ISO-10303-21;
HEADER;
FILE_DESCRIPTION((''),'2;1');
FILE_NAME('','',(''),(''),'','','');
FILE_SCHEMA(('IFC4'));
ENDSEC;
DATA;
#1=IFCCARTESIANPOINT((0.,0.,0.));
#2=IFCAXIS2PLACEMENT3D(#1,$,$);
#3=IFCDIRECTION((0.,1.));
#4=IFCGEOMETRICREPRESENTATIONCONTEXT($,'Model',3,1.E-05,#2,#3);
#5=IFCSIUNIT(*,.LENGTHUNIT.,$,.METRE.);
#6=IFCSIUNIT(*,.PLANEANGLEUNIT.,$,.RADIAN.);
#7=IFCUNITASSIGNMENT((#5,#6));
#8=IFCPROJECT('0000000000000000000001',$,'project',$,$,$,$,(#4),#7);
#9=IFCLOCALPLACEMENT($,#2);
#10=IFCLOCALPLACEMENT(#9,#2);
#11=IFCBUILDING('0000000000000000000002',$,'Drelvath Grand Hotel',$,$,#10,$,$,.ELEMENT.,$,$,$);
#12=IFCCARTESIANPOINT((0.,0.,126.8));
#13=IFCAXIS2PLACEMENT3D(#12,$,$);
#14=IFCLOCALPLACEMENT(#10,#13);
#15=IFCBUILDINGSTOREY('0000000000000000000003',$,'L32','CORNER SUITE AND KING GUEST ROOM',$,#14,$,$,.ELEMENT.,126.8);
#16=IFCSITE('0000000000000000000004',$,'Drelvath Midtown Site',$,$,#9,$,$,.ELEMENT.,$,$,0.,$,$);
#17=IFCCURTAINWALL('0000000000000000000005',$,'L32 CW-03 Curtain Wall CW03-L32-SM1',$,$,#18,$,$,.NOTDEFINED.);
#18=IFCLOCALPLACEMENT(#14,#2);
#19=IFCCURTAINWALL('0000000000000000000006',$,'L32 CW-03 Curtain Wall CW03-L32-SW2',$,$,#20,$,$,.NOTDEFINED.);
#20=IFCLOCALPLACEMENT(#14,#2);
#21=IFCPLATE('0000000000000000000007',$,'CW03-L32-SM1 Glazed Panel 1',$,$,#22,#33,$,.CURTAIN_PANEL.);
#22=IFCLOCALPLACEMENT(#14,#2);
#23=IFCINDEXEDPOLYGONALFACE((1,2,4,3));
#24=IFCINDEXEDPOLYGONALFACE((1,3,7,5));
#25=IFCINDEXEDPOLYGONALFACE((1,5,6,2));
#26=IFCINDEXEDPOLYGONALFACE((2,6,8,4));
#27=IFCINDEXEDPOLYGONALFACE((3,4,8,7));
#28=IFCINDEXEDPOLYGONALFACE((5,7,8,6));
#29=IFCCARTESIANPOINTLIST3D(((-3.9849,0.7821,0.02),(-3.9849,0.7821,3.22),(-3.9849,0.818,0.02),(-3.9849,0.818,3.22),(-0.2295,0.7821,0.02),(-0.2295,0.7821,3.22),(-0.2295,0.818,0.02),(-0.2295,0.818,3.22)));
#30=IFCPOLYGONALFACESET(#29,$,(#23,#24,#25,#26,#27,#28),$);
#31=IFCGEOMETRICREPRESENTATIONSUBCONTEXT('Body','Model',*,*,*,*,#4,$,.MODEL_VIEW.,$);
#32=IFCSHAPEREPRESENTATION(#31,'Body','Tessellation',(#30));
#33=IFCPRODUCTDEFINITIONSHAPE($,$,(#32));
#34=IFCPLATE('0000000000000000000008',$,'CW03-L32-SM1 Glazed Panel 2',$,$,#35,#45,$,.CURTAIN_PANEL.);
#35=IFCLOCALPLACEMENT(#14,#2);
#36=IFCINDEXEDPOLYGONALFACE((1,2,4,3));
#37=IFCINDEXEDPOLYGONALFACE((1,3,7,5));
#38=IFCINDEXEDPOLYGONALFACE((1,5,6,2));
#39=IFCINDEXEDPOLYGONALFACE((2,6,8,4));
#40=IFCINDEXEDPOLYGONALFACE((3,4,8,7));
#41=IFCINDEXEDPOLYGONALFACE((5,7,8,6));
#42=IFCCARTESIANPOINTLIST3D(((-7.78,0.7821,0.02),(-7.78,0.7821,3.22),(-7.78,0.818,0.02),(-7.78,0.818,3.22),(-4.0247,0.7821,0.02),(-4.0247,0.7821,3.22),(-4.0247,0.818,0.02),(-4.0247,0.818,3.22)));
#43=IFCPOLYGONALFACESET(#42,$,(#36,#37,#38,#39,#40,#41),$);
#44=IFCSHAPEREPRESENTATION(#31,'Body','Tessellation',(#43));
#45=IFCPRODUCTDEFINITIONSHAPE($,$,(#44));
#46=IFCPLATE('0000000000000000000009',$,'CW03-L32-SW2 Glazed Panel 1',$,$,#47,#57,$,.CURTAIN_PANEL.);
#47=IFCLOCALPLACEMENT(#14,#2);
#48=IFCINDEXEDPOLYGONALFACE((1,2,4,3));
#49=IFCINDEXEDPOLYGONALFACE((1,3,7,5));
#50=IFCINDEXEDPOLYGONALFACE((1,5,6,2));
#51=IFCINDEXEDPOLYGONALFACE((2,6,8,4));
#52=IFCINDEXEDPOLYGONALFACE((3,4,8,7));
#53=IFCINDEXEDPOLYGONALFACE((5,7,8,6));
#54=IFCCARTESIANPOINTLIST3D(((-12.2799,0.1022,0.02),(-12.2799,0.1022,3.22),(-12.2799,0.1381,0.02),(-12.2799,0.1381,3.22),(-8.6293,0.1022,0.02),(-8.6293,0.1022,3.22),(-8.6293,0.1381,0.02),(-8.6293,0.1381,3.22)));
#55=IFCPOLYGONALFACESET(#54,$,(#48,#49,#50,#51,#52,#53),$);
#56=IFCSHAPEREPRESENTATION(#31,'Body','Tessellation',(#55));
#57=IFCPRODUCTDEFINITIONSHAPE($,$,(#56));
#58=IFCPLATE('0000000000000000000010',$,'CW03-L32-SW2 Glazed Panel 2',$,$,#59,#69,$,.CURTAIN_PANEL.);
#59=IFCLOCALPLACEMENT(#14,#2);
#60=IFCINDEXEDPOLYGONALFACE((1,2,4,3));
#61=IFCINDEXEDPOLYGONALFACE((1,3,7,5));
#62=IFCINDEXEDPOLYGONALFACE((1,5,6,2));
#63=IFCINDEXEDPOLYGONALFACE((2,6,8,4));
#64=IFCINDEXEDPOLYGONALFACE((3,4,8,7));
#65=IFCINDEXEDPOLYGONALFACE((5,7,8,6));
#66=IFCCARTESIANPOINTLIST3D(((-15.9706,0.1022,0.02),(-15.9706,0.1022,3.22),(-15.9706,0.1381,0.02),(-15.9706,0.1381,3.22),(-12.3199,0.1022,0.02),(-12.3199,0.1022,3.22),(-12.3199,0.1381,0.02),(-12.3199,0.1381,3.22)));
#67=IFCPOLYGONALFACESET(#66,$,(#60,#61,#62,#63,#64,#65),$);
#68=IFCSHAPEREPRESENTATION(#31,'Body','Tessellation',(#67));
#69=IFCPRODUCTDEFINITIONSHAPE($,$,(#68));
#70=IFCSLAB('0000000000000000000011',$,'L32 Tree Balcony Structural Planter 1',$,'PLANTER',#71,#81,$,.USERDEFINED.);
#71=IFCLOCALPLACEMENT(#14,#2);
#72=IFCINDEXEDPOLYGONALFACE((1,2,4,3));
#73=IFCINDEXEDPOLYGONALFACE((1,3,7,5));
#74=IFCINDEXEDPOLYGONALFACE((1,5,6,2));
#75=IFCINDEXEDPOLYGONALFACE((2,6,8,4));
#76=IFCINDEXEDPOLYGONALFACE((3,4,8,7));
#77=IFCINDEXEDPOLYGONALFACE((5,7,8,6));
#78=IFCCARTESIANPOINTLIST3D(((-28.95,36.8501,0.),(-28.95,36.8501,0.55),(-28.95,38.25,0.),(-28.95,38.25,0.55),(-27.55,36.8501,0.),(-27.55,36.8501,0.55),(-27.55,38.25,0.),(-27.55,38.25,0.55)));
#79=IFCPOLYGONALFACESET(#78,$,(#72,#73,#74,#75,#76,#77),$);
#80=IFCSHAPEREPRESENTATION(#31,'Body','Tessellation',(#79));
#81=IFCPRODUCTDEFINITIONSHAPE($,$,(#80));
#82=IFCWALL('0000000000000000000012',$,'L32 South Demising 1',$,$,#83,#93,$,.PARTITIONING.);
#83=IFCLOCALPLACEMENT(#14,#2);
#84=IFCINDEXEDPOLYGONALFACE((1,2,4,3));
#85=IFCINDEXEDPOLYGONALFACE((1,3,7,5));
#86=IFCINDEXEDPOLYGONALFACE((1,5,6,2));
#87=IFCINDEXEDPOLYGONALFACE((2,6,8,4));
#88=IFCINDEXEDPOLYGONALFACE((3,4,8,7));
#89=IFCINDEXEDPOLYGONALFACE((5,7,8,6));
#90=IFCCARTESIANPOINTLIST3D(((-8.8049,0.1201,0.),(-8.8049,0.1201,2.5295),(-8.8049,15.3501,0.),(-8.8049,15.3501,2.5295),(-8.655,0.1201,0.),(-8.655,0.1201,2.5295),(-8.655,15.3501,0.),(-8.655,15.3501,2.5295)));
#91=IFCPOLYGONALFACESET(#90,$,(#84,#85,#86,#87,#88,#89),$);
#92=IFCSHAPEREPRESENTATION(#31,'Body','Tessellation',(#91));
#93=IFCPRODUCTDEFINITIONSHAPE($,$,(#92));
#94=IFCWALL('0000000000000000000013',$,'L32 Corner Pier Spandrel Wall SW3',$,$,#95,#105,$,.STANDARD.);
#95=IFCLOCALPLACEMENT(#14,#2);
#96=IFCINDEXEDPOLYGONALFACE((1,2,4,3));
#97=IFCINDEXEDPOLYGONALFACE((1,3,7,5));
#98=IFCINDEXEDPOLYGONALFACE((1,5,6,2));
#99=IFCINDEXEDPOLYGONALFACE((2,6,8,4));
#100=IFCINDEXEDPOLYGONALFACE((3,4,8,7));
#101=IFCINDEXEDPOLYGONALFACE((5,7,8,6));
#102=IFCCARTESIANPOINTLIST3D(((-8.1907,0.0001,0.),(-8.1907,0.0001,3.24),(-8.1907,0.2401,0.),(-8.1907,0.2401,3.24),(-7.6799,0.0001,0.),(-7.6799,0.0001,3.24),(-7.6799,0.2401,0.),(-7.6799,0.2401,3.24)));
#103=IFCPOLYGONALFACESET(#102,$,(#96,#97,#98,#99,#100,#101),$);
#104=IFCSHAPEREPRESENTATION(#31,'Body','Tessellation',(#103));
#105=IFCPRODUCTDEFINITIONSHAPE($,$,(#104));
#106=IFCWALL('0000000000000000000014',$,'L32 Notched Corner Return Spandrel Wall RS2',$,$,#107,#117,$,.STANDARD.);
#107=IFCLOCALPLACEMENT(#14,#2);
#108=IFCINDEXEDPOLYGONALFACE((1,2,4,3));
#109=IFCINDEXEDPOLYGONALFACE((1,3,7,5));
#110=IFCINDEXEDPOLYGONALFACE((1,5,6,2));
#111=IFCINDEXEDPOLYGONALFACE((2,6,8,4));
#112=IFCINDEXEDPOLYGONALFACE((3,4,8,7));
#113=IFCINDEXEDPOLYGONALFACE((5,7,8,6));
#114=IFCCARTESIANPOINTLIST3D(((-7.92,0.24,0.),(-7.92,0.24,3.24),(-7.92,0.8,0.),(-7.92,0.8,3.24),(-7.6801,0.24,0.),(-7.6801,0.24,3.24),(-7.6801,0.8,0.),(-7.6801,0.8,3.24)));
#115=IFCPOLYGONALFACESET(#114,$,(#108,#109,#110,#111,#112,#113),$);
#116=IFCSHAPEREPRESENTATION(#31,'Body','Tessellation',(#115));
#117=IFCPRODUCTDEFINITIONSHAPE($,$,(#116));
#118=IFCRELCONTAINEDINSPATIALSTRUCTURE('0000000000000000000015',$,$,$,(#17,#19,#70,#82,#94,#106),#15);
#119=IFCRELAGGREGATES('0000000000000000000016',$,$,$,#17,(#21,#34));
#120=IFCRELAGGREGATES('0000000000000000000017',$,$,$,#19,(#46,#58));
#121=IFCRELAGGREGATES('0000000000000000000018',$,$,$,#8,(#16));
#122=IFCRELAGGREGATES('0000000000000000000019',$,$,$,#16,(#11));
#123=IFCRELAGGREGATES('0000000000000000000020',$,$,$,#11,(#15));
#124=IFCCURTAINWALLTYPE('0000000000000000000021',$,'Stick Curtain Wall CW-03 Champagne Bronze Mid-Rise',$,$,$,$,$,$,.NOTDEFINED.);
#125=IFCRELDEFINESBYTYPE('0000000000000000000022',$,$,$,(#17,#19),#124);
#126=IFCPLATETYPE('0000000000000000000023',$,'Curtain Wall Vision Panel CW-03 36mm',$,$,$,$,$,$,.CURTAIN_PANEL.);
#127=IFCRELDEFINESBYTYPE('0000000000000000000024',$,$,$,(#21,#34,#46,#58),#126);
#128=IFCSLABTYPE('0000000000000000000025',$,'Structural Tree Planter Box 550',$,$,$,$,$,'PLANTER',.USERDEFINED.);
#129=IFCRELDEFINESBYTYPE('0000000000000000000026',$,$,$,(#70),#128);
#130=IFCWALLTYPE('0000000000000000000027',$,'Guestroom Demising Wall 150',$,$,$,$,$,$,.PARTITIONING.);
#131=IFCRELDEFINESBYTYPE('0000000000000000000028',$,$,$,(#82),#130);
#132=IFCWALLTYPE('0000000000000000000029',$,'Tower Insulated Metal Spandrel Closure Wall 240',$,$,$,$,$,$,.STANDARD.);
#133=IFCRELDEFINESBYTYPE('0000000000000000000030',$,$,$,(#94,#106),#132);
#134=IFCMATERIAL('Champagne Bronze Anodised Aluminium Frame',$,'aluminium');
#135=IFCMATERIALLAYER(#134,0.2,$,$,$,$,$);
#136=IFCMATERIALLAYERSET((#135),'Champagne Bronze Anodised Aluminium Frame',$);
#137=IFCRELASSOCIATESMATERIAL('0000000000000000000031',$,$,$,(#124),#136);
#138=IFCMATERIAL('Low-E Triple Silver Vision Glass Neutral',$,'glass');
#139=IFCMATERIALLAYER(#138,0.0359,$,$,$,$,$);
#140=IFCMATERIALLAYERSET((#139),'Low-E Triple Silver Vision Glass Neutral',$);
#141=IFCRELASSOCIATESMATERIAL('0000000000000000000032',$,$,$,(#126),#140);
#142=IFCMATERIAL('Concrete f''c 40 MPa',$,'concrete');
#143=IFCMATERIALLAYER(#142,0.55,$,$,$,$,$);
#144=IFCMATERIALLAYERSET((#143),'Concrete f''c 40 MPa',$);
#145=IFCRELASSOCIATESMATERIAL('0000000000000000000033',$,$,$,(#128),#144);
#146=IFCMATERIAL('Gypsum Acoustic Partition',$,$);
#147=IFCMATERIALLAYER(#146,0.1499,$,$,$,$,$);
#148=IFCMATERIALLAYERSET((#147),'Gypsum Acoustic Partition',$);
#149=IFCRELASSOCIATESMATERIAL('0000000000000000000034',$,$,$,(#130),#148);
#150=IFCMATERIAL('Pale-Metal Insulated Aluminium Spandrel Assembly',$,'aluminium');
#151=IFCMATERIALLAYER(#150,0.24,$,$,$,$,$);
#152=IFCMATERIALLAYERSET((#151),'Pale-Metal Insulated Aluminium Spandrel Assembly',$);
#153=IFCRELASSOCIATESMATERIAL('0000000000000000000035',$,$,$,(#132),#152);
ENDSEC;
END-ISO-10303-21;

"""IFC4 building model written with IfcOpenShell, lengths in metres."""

from ifc_helpers import new_model, si_unit, direction, frame, frame_2d, origin, origin_2d, place, context, subcontext, project, spatial, polyline, rectangle, outline, extrude, material, layer, layer_set, type_object, element, aggregate, save


model = new_model("IFC4")

# Units and contexts
model_context = context("Model", 3, precision=1e-05, world=origin(), true_north=direction((0.0, 1.0)))
body_context = subcontext(model_context, "Body", "Model", "MODEL_VIEW")
ifc_project = project(units=[si_unit("LENGTHUNIT", "METRE"), si_unit("PLANEANGLEUNIT", "RADIAN")], contexts=[model_context])

# Site, building, storey
site_placement = place(None, origin())
site = spatial("IfcSite", under=ifc_project, at=site_placement, Name="Drelvath Midtown Site", CompositionType="ELEMENT", RefElevation=0.0)
building_placement = place(site_placement, origin())
building = spatial("IfcBuilding", under=site, at=building_placement, Name="Drelvath Grand Hotel", CompositionType="ELEMENT")
storey_placement = place(building_placement, frame((0.0, 0.0, 126.8)))
storey = spatial("IfcBuildingStorey", under=building, at=storey_placement, Name="L32", Description="CORNER SUITE AND KING GUEST ROOM", CompositionType="ELEMENT", Elevation=126.8)

# Curtain walls
ifc_material_1 = material(Name="Champagne Bronze Anodised Aluminium Frame", Category="aluminium")
ifc_layer_1 = layer(ifc_material_1, 0.2)
ifc_layer_set_1 = layer_set([ifc_layer_1], Name="Champagne Bronze Anodised Aluminium Frame")
curtain_wall_type = type_object("IfcCurtainWallType", Name="Stick Curtain Wall CW-03 Champagne Bronze Mid-Rise", PredefinedType="NOTDEFINED", material=ifc_layer_set_1)
curtain_wall_1_placement = place(storey_placement, origin())
curtain_wall_1 = element("IfcCurtainWall", 1, at=curtain_wall_1_placement, inside=storey, type_object=curtain_wall_type, Name="L32 CW-03 Curtain Wall CW03-L32-SM1", PredefinedType="NOTDEFINED")
curtain_wall_2_placement = place(storey_placement, origin())
curtain_wall_2 = element("IfcCurtainWall", 2, at=curtain_wall_2_placement, inside=storey, type_object=curtain_wall_type, Name="L32 CW-03 Curtain Wall CW03-L32-SW2", PredefinedType="NOTDEFINED")

# Shared definitions
ifc_material_2 = material(Name="Concrete f'c 40 MPa", Category="concrete")

# Plates
ifc_material_3 = material(Name="Low-E Triple Silver Vision Glass Neutral", Category="glass")
ifc_layer_2 = layer(ifc_material_3, 0.0359)
ifc_layer_set_2 = layer_set([ifc_layer_2], Name="Low-E Triple Silver Vision Glass Neutral")
plate_type = type_object("IfcPlateType", Name="Curtain Wall Vision Panel CW-03 36mm", PredefinedType="CURTAIN_PANEL", material=ifc_layer_set_2)
plate_1_placement = place(storey_placement, frame((-2.1072, 0.8, 0.02), z_axis=(0.0, 0.0, 1.0), x_axis=(-1.0, 0.0, 0.0)))
plate_1 = element("IfcPlate", 3, at=plate_1_placement, type_object=plate_type, Name="CW03-L32-SM1 Glazed Panel 1", PredefinedType="CURTAIN_PANEL", context=body_context, shape_type="SweptSolid", body=[
    extrude(rectangle(XDim=3.7554, YDim=0.0359, at=origin_2d()), origin(), (0.0, 0.0, 1.0), 3.2),
])
plate_2_placement = place(storey_placement, frame((-5.9023, 0.8, 0.02), z_axis=(0.0, 0.0, 1.0), x_axis=(-1.0, 0.0, 0.0)))
plate_2 = element("IfcPlate", 4, at=plate_2_placement, type_object=plate_type, Name="CW03-L32-SM1 Glazed Panel 2", PredefinedType="CURTAIN_PANEL", context=body_context, shape_type="SweptSolid", body=[
    extrude(rectangle(XDim=3.7554, YDim=0.0359, at=origin_2d()), origin(), (0.0, 0.0, 1.0), 3.2),
])
aggregate(curtain_wall_1, [plate_1, plate_2])
plate_3_placement = place(storey_placement, frame((-10.4546, 0.1201, 0.02), z_axis=(0.0, 0.0, 1.0), x_axis=(-1.0, 0.0, 0.0)))
plate_3 = element("IfcPlate", 5, at=plate_3_placement, type_object=plate_type, Name="CW03-L32-SW2 Glazed Panel 1", PredefinedType="CURTAIN_PANEL", context=body_context, shape_type="SweptSolid", body=[
    extrude(rectangle(XDim=3.6506, YDim=0.0359, at=origin_2d()), origin(), (0.0, 0.0, 1.0), 3.2),
])
plate_4_placement = place(storey_placement, frame((-14.1453, 0.1201, 0.02), z_axis=(0.0, 0.0, 1.0), x_axis=(-1.0, 0.0, 0.0)))
plate_4 = element("IfcPlate", 6, at=plate_4_placement, type_object=plate_type, Name="CW03-L32-SW2 Glazed Panel 2", PredefinedType="CURTAIN_PANEL", context=body_context, shape_type="SweptSolid", body=[
    extrude(rectangle(XDim=3.6506, YDim=0.0359, at=origin_2d()), origin(), (0.0, 0.0, 1.0), 3.2),
])
aggregate(curtain_wall_2, [plate_3, plate_4])

# Slab
ifc_layer_3 = layer(ifc_material_2, 0.55)
ifc_layer_set_3 = layer_set([ifc_layer_3], Name="Concrete f'c 40 MPa")
slab_type_1 = type_object("IfcSlabType", Name="Structural Tree Planter Box 550", ElementType="PLANTER", PredefinedType="USERDEFINED", material=ifc_layer_set_3)
slab_1_placement = place(storey_placement, origin())
element("IfcSlab", 7, at=slab_1_placement, inside=storey, type_object=slab_type_1, Name="L32 Tree Balcony Structural Planter 1", ObjectType="PLANTER", PredefinedType="USERDEFINED", context=body_context, shape_type="SweptSolid", body=[
    extrude(outline(polyline([(-28.95, 36.8501), (-27.55, 36.8501), (-27.55, 38.25), (-28.95, 38.25), (-28.95, 36.8501)])), origin(), (0.0, 0.0, 1.0), 0.55),
])

# Walls
ifc_material_4 = material(Name="Gypsum Acoustic Partition")
ifc_layer_4 = layer(ifc_material_4, 0.1499)
ifc_layer_set_4 = layer_set([ifc_layer_4], Name="Gypsum Acoustic Partition")
wall_type_1 = type_object("IfcWallType", Name="Guestroom Demising Wall 150", PredefinedType="PARTITIONING", material=ifc_layer_set_4)
wall_1_placement = place(storey_placement, frame((-8.73, 0.1201, 0.0), z_axis=(0.0, 0.0, 1.0), x_axis=(0.0, 1.0, 0.0)))
element("IfcWall", 8, at=wall_1_placement, inside=storey, type_object=wall_type_1, Name="L32 South Demising 1", PredefinedType="PARTITIONING", context=body_context, shape_type="SweptSolid", body=[
    extrude(rectangle(XDim=15.23, YDim=0.1499, at=frame_2d((7.615, 0.0))), origin(), (0.0, 0.0, 1.0), 2.5295),
])
ifc_material_5 = material(Name="Pale-Metal Insulated Aluminium Spandrel Assembly", Category="aluminium")
ifc_layer_5 = layer(ifc_material_5, 0.24)
ifc_layer_set_5 = layer_set([ifc_layer_5], Name="Pale-Metal Insulated Aluminium Spandrel Assembly")
wall_type_2 = type_object("IfcWallType", Name="Tower Insulated Metal Spandrel Closure Wall 240", PredefinedType="STANDARD", material=ifc_layer_set_5)
wall_2_placement = place(storey_placement, frame((-7.6799, 0.1201, 0.0), z_axis=(0.0, 0.0, 1.0), x_axis=(-1.0, 0.0, 0.0)))
element("IfcWall", 9, at=wall_2_placement, inside=storey, type_object=wall_type_2, Name="L32 Corner Pier Spandrel Wall SW3", PredefinedType="STANDARD", context=body_context, shape_type="SweptSolid", body=[
    extrude(rectangle(XDim=0.5107, YDim=0.24, at=frame_2d((0.2554, 0.0))), origin(), (0.0, 0.0, 1.0), 3.24),
])
wall_3_placement = place(storey_placement, frame((-7.8, 0.8, 0.0), z_axis=(0.0, 0.0, 1.0), x_axis=(0.0, -1.0, 0.0)))
element("IfcWall", 10, at=wall_3_placement, inside=storey, type_object=wall_type_2, Name="L32 Notched Corner Return Spandrel Wall RS2", PredefinedType="STANDARD", context=body_context, shape_type="SweptSolid", body=[
    extrude(rectangle(XDim=0.5601, YDim=0.24, at=frame_2d((0.28, 0.0))), origin(), (0.0, 0.0, 1.0), 3.24),
])

save(model, "model.ifc")
